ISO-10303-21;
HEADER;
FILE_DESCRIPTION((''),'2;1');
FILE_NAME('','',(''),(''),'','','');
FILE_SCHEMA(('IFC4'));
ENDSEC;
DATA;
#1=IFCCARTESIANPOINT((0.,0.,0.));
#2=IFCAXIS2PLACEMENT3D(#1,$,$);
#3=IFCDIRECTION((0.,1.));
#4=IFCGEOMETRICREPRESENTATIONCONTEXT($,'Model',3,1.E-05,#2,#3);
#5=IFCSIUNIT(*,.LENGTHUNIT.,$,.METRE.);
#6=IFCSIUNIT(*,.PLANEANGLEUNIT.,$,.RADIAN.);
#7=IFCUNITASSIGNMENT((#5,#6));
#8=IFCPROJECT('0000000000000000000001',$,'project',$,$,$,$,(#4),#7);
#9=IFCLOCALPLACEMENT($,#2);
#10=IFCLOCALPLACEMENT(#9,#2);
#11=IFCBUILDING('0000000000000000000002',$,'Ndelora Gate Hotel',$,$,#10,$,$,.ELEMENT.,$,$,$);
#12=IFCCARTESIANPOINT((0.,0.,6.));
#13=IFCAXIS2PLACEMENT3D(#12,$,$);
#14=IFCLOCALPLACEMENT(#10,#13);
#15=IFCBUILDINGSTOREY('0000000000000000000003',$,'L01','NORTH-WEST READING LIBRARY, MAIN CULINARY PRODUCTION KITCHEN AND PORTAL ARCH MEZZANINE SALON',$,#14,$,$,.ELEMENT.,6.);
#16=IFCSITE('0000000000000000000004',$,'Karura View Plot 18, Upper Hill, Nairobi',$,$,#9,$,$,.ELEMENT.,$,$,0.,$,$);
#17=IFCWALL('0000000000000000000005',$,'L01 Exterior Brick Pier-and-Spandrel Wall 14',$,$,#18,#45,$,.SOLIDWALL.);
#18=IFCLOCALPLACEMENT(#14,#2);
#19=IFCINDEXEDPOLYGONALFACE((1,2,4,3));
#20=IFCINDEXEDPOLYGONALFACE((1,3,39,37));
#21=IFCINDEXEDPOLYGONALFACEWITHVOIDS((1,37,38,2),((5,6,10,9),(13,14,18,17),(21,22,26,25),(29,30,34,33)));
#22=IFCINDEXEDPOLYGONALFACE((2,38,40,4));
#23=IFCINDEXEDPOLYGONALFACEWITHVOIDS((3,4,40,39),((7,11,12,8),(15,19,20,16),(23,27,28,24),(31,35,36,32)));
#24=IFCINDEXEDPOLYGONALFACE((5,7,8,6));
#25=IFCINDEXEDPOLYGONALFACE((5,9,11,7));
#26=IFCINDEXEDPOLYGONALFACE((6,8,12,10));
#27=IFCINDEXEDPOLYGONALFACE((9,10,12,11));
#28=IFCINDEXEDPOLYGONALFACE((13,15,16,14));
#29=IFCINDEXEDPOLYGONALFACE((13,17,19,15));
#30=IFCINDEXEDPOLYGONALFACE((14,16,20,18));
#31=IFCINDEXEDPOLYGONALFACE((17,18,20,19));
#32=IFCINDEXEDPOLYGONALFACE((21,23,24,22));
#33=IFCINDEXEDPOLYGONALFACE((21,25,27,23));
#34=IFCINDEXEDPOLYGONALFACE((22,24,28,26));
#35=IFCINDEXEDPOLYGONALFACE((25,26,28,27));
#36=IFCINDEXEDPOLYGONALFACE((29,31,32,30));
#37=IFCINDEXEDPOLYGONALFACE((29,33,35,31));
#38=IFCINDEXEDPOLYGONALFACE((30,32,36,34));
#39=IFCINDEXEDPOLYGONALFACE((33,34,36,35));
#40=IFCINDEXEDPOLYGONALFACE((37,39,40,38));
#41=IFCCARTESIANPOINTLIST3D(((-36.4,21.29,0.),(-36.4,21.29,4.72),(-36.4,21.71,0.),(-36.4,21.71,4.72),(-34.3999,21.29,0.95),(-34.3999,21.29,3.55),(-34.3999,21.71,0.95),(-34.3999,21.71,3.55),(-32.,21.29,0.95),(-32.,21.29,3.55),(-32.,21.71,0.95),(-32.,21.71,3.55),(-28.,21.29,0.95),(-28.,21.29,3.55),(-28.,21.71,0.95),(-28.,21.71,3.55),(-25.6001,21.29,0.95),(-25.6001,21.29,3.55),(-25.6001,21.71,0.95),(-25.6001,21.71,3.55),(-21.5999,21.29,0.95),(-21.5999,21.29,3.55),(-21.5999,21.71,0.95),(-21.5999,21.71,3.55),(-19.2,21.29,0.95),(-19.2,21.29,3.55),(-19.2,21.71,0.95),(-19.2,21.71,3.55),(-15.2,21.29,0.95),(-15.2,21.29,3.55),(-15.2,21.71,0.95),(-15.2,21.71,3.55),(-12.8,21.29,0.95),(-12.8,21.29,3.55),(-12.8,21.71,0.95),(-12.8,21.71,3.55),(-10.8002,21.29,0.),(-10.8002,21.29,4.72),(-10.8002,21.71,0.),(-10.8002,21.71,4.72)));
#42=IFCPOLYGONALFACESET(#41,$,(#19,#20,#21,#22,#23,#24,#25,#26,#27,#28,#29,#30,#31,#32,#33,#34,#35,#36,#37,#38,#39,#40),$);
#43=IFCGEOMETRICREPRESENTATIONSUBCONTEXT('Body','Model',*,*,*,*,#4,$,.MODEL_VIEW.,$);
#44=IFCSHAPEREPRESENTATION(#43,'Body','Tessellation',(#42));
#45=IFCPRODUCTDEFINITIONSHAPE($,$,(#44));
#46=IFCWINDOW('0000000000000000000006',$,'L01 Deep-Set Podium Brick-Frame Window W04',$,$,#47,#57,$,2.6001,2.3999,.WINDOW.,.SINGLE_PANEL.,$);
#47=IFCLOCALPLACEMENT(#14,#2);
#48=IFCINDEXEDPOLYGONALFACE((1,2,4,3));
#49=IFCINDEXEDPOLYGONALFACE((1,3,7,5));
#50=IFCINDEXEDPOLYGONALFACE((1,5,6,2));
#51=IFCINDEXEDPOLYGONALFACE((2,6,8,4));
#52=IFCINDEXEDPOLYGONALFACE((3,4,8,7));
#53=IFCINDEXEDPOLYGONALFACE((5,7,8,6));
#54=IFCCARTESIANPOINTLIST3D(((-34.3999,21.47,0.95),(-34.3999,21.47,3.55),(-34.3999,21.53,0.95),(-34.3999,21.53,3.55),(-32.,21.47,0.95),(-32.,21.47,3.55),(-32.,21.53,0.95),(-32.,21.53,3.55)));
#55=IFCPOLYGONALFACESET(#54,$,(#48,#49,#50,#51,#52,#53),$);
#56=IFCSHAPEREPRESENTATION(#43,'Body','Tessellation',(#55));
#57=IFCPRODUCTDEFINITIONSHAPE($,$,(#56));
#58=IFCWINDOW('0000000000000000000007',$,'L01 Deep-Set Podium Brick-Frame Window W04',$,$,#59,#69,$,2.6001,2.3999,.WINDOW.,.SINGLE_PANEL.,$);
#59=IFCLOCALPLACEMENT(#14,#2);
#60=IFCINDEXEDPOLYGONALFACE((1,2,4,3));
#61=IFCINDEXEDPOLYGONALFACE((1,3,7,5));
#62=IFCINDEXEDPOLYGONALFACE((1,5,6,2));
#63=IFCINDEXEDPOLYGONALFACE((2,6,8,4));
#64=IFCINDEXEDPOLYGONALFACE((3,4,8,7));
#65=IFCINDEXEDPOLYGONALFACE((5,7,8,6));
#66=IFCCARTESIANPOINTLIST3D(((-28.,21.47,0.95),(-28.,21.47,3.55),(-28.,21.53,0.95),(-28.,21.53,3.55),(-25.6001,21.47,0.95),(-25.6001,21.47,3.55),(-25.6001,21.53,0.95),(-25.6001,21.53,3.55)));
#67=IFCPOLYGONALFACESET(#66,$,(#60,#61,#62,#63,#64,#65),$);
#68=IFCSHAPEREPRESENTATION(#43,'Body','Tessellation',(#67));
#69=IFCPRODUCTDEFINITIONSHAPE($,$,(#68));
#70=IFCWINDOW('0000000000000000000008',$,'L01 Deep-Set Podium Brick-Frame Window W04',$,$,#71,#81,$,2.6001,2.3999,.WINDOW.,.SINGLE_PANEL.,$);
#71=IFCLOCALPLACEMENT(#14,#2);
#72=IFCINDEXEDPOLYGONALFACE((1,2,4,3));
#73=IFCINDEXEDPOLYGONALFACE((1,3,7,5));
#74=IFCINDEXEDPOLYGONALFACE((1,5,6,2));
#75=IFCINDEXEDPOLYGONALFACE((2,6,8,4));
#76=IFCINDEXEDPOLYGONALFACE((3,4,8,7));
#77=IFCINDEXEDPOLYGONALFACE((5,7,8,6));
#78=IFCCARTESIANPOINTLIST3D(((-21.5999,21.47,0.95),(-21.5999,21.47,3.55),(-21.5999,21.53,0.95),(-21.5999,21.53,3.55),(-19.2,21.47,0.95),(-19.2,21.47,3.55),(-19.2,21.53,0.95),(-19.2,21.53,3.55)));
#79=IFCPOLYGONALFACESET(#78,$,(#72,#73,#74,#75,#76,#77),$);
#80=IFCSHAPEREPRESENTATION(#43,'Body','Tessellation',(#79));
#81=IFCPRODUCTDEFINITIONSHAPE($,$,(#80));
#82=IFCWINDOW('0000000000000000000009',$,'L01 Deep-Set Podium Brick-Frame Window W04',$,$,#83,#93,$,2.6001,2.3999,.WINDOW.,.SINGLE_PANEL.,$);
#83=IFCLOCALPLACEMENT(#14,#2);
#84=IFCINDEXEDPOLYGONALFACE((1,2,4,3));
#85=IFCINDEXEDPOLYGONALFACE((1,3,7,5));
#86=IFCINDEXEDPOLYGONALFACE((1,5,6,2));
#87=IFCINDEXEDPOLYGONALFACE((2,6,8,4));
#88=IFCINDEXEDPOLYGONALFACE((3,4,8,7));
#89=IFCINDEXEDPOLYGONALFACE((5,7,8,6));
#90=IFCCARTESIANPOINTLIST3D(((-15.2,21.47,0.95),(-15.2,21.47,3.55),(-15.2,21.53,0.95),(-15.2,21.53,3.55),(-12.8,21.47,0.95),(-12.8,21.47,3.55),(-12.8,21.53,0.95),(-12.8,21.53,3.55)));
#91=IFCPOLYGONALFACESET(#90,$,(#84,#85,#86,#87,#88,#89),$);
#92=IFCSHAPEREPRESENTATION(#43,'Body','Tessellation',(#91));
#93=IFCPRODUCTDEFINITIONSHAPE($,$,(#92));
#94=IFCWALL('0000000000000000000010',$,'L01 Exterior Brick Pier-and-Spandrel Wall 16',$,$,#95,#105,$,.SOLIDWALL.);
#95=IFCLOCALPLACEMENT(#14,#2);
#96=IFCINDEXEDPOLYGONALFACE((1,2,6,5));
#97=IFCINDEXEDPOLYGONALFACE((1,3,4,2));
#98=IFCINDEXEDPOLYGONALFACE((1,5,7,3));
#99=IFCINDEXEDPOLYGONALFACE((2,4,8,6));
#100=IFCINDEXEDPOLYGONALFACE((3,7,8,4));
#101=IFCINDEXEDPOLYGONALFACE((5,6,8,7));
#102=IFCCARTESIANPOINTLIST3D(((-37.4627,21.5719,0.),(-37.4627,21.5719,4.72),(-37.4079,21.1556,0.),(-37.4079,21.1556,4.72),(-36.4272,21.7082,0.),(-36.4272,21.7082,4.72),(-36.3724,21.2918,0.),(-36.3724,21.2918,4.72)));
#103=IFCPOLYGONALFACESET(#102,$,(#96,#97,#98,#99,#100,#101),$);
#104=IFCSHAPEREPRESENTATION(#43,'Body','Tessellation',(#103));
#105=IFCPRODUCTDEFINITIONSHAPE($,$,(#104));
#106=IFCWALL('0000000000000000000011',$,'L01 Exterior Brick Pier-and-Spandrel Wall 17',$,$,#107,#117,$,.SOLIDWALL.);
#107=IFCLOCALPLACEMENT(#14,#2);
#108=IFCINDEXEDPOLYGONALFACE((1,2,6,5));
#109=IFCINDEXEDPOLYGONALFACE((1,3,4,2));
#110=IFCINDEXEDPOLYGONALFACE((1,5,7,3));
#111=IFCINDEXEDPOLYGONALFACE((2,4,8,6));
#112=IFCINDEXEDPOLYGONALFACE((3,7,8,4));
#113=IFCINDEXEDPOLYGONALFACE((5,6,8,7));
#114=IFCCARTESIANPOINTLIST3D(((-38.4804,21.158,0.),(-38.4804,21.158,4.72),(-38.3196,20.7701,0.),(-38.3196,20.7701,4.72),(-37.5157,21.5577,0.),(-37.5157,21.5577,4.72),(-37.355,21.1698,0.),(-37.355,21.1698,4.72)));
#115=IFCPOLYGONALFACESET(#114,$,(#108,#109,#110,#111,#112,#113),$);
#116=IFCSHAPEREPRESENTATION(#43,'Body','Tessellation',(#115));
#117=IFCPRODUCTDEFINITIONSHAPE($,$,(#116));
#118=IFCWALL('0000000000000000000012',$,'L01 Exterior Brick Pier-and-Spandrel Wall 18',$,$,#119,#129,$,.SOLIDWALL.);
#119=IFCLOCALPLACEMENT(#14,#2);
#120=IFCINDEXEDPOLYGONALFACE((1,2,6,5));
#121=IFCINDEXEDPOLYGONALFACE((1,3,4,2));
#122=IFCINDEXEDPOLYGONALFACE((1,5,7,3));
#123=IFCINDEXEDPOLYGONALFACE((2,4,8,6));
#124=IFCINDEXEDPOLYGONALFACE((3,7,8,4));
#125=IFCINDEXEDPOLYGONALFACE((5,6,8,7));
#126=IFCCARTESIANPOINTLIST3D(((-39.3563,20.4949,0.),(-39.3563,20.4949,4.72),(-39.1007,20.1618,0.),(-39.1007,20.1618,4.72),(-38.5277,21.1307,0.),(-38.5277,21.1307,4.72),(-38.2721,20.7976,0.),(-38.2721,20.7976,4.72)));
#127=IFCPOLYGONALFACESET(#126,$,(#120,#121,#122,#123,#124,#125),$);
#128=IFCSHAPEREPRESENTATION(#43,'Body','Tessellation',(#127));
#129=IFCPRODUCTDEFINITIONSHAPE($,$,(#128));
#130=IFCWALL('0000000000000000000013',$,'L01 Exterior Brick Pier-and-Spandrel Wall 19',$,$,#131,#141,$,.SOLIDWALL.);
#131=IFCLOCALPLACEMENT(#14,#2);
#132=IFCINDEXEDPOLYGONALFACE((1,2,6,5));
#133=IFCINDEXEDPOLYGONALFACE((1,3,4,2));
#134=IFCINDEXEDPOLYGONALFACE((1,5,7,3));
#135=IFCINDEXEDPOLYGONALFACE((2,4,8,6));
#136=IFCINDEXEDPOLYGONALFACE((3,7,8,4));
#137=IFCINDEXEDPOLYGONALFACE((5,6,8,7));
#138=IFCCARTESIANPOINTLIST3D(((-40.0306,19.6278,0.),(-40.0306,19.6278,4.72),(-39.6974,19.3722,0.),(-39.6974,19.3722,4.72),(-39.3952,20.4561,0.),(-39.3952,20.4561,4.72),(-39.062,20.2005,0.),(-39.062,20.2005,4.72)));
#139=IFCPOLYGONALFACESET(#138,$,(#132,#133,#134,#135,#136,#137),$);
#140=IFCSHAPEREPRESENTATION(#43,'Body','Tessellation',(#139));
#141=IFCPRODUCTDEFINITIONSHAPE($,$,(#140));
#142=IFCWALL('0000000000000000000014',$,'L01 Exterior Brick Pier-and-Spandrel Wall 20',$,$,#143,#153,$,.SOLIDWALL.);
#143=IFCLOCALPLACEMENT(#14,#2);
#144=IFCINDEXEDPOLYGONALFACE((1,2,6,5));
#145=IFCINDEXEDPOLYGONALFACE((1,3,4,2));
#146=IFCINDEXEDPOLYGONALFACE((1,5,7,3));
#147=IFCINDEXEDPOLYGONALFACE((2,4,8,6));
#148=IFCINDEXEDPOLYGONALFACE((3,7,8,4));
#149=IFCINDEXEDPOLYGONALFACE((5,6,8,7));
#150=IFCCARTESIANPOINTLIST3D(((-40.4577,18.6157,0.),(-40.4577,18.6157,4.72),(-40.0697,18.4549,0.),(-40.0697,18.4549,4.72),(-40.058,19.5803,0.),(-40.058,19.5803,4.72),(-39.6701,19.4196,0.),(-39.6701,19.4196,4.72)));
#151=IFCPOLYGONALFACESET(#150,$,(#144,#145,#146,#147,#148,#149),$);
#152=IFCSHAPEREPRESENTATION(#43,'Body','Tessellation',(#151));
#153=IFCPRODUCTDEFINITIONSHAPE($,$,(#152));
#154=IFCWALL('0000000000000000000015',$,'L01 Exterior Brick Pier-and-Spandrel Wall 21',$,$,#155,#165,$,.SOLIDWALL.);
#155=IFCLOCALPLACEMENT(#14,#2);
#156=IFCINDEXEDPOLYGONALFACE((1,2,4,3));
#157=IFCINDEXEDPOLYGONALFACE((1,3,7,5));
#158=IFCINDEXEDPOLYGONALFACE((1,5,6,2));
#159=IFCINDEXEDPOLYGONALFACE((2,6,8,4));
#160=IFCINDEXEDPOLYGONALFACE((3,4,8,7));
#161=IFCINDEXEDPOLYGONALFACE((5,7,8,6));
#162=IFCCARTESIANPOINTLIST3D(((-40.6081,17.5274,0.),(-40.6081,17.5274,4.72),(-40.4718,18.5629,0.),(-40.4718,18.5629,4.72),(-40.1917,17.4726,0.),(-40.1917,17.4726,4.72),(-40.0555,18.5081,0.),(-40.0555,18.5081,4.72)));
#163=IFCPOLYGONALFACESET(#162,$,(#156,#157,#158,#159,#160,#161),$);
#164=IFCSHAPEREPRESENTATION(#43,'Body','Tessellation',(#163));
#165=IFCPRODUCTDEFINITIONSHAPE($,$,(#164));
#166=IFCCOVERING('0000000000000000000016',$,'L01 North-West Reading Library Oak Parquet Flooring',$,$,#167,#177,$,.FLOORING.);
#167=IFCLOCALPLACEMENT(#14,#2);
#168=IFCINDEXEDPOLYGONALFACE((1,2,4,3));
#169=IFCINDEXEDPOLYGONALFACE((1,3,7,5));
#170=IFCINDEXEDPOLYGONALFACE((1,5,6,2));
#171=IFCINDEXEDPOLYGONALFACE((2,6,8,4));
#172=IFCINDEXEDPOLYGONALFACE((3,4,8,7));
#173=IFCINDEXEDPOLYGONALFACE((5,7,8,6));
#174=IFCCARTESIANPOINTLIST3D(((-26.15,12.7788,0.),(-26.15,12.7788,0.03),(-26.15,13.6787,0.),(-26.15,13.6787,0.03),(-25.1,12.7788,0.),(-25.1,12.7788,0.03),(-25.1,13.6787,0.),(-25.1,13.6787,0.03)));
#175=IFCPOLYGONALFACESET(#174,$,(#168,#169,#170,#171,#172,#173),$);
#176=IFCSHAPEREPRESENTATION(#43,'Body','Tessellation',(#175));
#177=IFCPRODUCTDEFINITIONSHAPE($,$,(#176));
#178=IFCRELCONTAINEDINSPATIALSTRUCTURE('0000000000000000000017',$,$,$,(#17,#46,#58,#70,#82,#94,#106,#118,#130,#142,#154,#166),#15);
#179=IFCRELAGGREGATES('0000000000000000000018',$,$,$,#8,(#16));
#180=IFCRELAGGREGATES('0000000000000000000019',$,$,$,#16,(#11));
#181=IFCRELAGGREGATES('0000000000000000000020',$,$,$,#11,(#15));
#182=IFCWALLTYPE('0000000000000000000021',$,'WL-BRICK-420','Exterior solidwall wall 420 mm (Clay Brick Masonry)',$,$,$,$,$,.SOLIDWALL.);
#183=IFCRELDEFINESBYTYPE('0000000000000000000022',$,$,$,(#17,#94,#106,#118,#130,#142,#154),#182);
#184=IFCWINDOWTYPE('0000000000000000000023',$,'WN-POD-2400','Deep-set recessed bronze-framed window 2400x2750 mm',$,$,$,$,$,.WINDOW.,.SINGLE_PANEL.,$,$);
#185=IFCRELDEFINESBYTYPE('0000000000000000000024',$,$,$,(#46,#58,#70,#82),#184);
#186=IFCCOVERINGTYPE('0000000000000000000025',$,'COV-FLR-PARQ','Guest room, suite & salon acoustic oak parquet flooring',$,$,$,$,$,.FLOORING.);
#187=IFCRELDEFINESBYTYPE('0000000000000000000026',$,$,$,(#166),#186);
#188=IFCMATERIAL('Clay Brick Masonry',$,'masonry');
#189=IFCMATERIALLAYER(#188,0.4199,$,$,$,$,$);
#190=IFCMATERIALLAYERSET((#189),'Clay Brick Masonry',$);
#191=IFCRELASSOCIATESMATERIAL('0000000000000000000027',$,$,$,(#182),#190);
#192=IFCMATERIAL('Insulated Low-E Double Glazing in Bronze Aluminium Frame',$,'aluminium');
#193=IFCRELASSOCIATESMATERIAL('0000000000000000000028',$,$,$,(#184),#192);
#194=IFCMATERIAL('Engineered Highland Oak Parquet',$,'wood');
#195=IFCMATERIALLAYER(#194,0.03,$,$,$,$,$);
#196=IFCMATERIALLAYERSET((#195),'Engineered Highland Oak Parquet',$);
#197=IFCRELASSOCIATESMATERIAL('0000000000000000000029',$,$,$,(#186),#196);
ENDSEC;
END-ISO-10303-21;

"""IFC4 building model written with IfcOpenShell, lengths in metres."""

from ifc_helpers import new_model, si_unit, direction, frame, frame_2d, origin, origin_2d, place, context, subcontext, project, spatial, rectangle, extrude, material, layer, layer_set, type_object, element, fill, save


model = new_model("IFC4")

# Units and contexts
model_context = context("Model", 3, precision=1e-05, world=origin(), true_north=direction((0.0, 1.0)))
body_context = subcontext(model_context, "Body", "Model", "MODEL_VIEW")
ifc_project = project(units=[si_unit("LENGTHUNIT", "METRE"), si_unit("PLANEANGLEUNIT", "RADIAN")], contexts=[model_context])

# Site, building, storey
site_placement = place(None, origin())
site = spatial("IfcSite", under=ifc_project, at=site_placement, Name="Karura View Plot 18, Upper Hill, Nairobi", CompositionType="ELEMENT", RefElevation=0.0)
building_placement = place(site_placement, origin())
building = spatial("IfcBuilding", under=site, at=building_placement, Name="Ndelora Gate Hotel", CompositionType="ELEMENT")
storey_placement = place(building_placement, frame((0.0, 0.0, 6.0)))
storey = spatial("IfcBuildingStorey", under=building, at=storey_placement, Name="L01", Description="NORTH-WEST READING LIBRARY, MAIN CULINARY PRODUCTION KITCHEN AND PORTAL ARCH MEZZANINE SALON", CompositionType="ELEMENT", Elevation=6.0)

# Wall, openings, windows
ifc_material_1 = material(Name="Clay Brick Masonry", Category="masonry")
ifc_layer_1 = layer(ifc_material_1, 0.4199)
ifc_layer_set_1 = layer_set([ifc_layer_1], Name="Clay Brick Masonry")
wall_type = type_object("IfcWallType", Name="WL-BRICK-420", Description="Exterior solidwall wall 420 mm (Clay Brick Masonry)", PredefinedType="SOLIDWALL", material=ifc_layer_set_1)
wall_1_placement = place(storey_placement, frame((-36.3999, 21.5, 0.0), z_axis=(0.0, 0.0, 1.0), x_axis=(1.0, 0.0, 0.0)))
wall_1 = element("IfcWall", 1, at=wall_1_placement, inside=storey, type_object=wall_type, Name="L01 Exterior Brick Pier-and-Spandrel Wall 14", PredefinedType="SOLIDWALL", context=body_context, shape_type="SweptSolid", body=[
    extrude(rectangle(XDim=25.5999, YDim=0.4199, at=frame_2d((12.7998, 0.0))), origin(), (0.0, 0.0, 1.0), 4.72),
])
opening_1_placement = place(wall_1_placement, frame((2.0, 0.0, 0.95)))
opening_1 = element("IfcOpeningElement", 2, at=opening_1_placement, cuts=wall_1, PredefinedType="OPENING", context=body_context, shape_type="SweptSolid", body=[
    extrude(rectangle(XDim=2.3999, YDim=2.6001, at=frame_2d((1.2, 1.3))), frame((0.0, 0.22, 0.0), z_axis=(0.0, -1.0, 0.0), x_axis=(1.0, 0.0, 0.0)), (0.0, 0.0, 1.0), 0.4399),
])
opening_2_placement = place(wall_1_placement, frame((8.3999, 0.0, 0.95)))
opening_2 = element("IfcOpeningElement", 3, at=opening_2_placement, cuts=wall_1, PredefinedType="OPENING", context=body_context, shape_type="SweptSolid", body=[
    extrude(rectangle(XDim=2.3999, YDim=2.6001, at=frame_2d((1.2, 1.3))), frame((0.0, 0.22, 0.0), z_axis=(0.0, -1.0, 0.0), x_axis=(1.0, 0.0, 0.0)), (0.0, 0.0, 1.0), 0.4399),
])
opening_3_placement = place(wall_1_placement, frame((14.8, 0.0, 0.95)))
opening_3 = element("IfcOpeningElement", 4, at=opening_3_placement, cuts=wall_1, PredefinedType="OPENING", context=body_context, shape_type="SweptSolid", body=[
    extrude(rectangle(XDim=2.3999, YDim=2.6001, at=frame_2d((1.2, 1.3))), frame((0.0, 0.22, 0.0), z_axis=(0.0, -1.0, 0.0), x_axis=(1.0, 0.0, 0.0)), (0.0, 0.0, 1.0), 0.4399),
])
opening_4_placement = place(wall_1_placement, frame((21.2, 0.0, 0.95)))
opening_4 = element("IfcOpeningElement", 5, at=opening_4_placement, cuts=wall_1, PredefinedType="OPENING", context=body_context, shape_type="SweptSolid", body=[
    extrude(rectangle(XDim=2.3999, YDim=2.6001, at=frame_2d((1.2, 1.3))), frame((0.0, 0.22, 0.0), z_axis=(0.0, -1.0, 0.0), x_axis=(1.0, 0.0, 0.0)), (0.0, 0.0, 1.0), 0.4399),
])
ifc_material_2 = material(Name="Insulated Low-E Double Glazing in Bronze Aluminium Frame", Category="aluminium")
window_type = type_object("IfcWindowType", Name="WN-POD-2400", Description="Deep-set recessed bronze-framed window 2400x2750 mm", PartitioningType="SINGLE_PANEL", PredefinedType="WINDOW", material=ifc_material_2)
window_1_placement = place(opening_1_placement, origin())
window_1 = element("IfcWindow", 6, at=window_1_placement, inside=storey, type_object=window_type, Name="L01 Deep-Set Podium Brick-Frame Window W04", OverallHeight=2.6001, OverallWidth=2.3999, PartitioningType="SINGLE_PANEL", PredefinedType="WINDOW", context=body_context, shape_type="SweptSolid", body=[
    extrude(rectangle(XDim=2.3999, YDim=2.6001, at=frame_2d((1.2, 1.3))), frame((0.0, 0.03, 0.0), z_axis=(0.0, -1.0, 0.0), x_axis=(1.0, 0.0, 0.0)), (0.0, 0.0, 1.0), 0.0601),
])
fill(opening_1, window_1)
window_2_placement = place(opening_2_placement, origin())
window_2 = element("IfcWindow", 7, at=window_2_placement, inside=storey, type_object=window_type, Name="L01 Deep-Set Podium Brick-Frame Window W04", OverallHeight=2.6001, OverallWidth=2.3999, PartitioningType="SINGLE_PANEL", PredefinedType="WINDOW", context=body_context, shape_type="SweptSolid", body=[
    extrude(rectangle(XDim=2.3999, YDim=2.6001, at=frame_2d((1.2, 1.3))), frame((0.0, 0.03, 0.0), z_axis=(0.0, -1.0, 0.0), x_axis=(1.0, 0.0, 0.0)), (0.0, 0.0, 1.0), 0.0601),
])
fill(opening_2, window_2)
window_3_placement = place(opening_3_placement, origin())
window_3 = element("IfcWindow", 8, at=window_3_placement, inside=storey, type_object=window_type, Name="L01 Deep-Set Podium Brick-Frame Window W04", OverallHeight=2.6001, OverallWidth=2.3999, PartitioningType="SINGLE_PANEL", PredefinedType="WINDOW", context=body_context, shape_type="SweptSolid", body=[
    extrude(rectangle(XDim=2.3999, YDim=2.6001, at=frame_2d((1.2, 1.3))), frame((0.0, 0.03, 0.0), z_axis=(0.0, -1.0, 0.0), x_axis=(1.0, 0.0, 0.0)), (0.0, 0.0, 1.0), 0.0601),
])
fill(opening_3, window_3)
window_4_placement = place(opening_4_placement, origin())
window_4 = element("IfcWindow", 9, at=window_4_placement, inside=storey, type_object=window_type, Name="L01 Deep-Set Podium Brick-Frame Window W04", OverallHeight=2.6001, OverallWidth=2.3999, PartitioningType="SINGLE_PANEL", PredefinedType="WINDOW", context=body_context, shape_type="SweptSolid", body=[
    extrude(rectangle(XDim=2.3999, YDim=2.6001, at=frame_2d((1.2, 1.3))), frame((0.0, 0.03, 0.0), z_axis=(0.0, -1.0, 0.0), x_axis=(1.0, 0.0, 0.0)), (0.0, 0.0, 1.0), 0.0601),
])
fill(opening_4, window_4)

# Walls
wall_2_placement = place(storey_placement, frame((-37.4353, 21.3638, 0.0), z_axis=(0.0, 0.0, 1.0), x_axis=(0.991455, 0.130448, 0.0)))
element("IfcWall", 10, at=wall_2_placement, inside=storey, type_object=wall_type, Name="L01 Exterior Brick Pier-and-Spandrel Wall 16", PredefinedType="SOLIDWALL", context=body_context, shape_type="SweptSolid", body=[
    extrude(rectangle(XDim=1.0444, YDim=0.4199, at=frame_2d((0.5222, 0.0))), origin(), (0.0, 0.0, 1.0), 4.72),
])
wall_3_placement = place(storey_placement, frame((-38.3999, 20.9641, 0.0), z_axis=(0.0, 0.0, 1.0), x_axis=(0.923843, 0.382772, 0.0)))
element("IfcWall", 11, at=wall_3_placement, inside=storey, type_object=wall_type, Name="L01 Exterior Brick Pier-and-Spandrel Wall 17", PredefinedType="SOLIDWALL", context=body_context, shape_type="SweptSolid", body=[
    extrude(rectangle(XDim=1.0442, YDim=0.4199, at=frame_2d((0.522, 0.0))), origin(), (0.0, 0.0, 1.0), 4.72),
])
wall_4_placement = place(storey_placement, frame((-39.2285, 20.3284, 0.0), z_axis=(0.0, 0.0, 1.0), x_axis=(0.793388, 0.608716, 0.0)))
element("IfcWall", 12, at=wall_4_placement, inside=storey, type_object=wall_type, Name="L01 Exterior Brick Pier-and-Spandrel Wall 18", PredefinedType="SOLIDWALL", context=body_context, shape_type="SweptSolid", body=[
    extrude(rectangle(XDim=1.0444, YDim=0.4199, at=frame_2d((0.5222, 0.0))), origin(), (0.0, 0.0, 1.0), 4.72),
])
wall_5_placement = place(storey_placement, frame((-39.864, 19.5, 0.0), z_axis=(0.0, 0.0, 1.0), x_axis=(0.608682, 0.793414, 0.0)))
element("IfcWall", 13, at=wall_5_placement, inside=storey, type_object=wall_type, Name="L01 Exterior Brick Pier-and-Spandrel Wall 19", PredefinedType="SOLIDWALL", context=body_context, shape_type="SweptSolid", body=[
    extrude(rectangle(XDim=1.0439, YDim=0.4199, at=frame_2d((0.522, 0.0))), origin(), (0.0, 0.0, 1.0), 4.72),
])
wall_6_placement = place(storey_placement, frame((-40.2637, 18.5354, 0.0), z_axis=(0.0, 0.0, 1.0), x_axis=(0.382772, 0.923843, 0.0)))
element("IfcWall", 14, at=wall_6_placement, inside=storey, type_object=wall_type, Name="L01 Exterior Brick Pier-and-Spandrel Wall 20", PredefinedType="SOLIDWALL", context=body_context, shape_type="SweptSolid", body=[
    extrude(rectangle(XDim=1.0442, YDim=0.4199, at=frame_2d((0.522, 0.0))), origin(), (0.0, 0.0, 1.0), 4.72),
])
wall_7_placement = place(storey_placement, frame((-40.3999, 17.5, 0.0), z_axis=(0.0, 0.0, 1.0), x_axis=(0.130448, 0.991455, 0.0)))
element("IfcWall", 15, at=wall_7_placement, inside=storey, type_object=wall_type, Name="L01 Exterior Brick Pier-and-Spandrel Wall 21", PredefinedType="SOLIDWALL", context=body_context, shape_type="SweptSolid", body=[
    extrude(rectangle(XDim=1.0444, YDim=0.4199, at=frame_2d((0.5222, 0.0))), origin(), (0.0, 0.0, 1.0), 4.72),
])

# Covering
ifc_material_3 = material(Name="Engineered Highland Oak Parquet", Category="wood")
ifc_layer_2 = layer(ifc_material_3, 0.03)
ifc_layer_set_2 = layer_set([ifc_layer_2], Name="Engineered Highland Oak Parquet")
covering_type = type_object("IfcCoveringType", Name="COV-FLR-PARQ", Description="Guest room, suite & salon acoustic oak parquet flooring", PredefinedType="FLOORING", material=ifc_layer_set_2)
covering_placement = place(storey_placement, frame((-25.625, 13.2288, 0.0), z_axis=(0.0, 0.0, 1.0), x_axis=(1.0, 0.0, 0.0)))
element("IfcCovering", 16, at=covering_placement, inside=storey, type_object=covering_type, Name="L01 North-West Reading Library Oak Parquet Flooring", PredefinedType="FLOORING", context=body_context, shape_type="SweptSolid", body=[
    extrude(rectangle(XDim=1.05, YDim=0.8999, at=origin_2d()), origin(), (0.0, 0.0, 1.0), 0.03),
])

save(model, "model.ifc")
